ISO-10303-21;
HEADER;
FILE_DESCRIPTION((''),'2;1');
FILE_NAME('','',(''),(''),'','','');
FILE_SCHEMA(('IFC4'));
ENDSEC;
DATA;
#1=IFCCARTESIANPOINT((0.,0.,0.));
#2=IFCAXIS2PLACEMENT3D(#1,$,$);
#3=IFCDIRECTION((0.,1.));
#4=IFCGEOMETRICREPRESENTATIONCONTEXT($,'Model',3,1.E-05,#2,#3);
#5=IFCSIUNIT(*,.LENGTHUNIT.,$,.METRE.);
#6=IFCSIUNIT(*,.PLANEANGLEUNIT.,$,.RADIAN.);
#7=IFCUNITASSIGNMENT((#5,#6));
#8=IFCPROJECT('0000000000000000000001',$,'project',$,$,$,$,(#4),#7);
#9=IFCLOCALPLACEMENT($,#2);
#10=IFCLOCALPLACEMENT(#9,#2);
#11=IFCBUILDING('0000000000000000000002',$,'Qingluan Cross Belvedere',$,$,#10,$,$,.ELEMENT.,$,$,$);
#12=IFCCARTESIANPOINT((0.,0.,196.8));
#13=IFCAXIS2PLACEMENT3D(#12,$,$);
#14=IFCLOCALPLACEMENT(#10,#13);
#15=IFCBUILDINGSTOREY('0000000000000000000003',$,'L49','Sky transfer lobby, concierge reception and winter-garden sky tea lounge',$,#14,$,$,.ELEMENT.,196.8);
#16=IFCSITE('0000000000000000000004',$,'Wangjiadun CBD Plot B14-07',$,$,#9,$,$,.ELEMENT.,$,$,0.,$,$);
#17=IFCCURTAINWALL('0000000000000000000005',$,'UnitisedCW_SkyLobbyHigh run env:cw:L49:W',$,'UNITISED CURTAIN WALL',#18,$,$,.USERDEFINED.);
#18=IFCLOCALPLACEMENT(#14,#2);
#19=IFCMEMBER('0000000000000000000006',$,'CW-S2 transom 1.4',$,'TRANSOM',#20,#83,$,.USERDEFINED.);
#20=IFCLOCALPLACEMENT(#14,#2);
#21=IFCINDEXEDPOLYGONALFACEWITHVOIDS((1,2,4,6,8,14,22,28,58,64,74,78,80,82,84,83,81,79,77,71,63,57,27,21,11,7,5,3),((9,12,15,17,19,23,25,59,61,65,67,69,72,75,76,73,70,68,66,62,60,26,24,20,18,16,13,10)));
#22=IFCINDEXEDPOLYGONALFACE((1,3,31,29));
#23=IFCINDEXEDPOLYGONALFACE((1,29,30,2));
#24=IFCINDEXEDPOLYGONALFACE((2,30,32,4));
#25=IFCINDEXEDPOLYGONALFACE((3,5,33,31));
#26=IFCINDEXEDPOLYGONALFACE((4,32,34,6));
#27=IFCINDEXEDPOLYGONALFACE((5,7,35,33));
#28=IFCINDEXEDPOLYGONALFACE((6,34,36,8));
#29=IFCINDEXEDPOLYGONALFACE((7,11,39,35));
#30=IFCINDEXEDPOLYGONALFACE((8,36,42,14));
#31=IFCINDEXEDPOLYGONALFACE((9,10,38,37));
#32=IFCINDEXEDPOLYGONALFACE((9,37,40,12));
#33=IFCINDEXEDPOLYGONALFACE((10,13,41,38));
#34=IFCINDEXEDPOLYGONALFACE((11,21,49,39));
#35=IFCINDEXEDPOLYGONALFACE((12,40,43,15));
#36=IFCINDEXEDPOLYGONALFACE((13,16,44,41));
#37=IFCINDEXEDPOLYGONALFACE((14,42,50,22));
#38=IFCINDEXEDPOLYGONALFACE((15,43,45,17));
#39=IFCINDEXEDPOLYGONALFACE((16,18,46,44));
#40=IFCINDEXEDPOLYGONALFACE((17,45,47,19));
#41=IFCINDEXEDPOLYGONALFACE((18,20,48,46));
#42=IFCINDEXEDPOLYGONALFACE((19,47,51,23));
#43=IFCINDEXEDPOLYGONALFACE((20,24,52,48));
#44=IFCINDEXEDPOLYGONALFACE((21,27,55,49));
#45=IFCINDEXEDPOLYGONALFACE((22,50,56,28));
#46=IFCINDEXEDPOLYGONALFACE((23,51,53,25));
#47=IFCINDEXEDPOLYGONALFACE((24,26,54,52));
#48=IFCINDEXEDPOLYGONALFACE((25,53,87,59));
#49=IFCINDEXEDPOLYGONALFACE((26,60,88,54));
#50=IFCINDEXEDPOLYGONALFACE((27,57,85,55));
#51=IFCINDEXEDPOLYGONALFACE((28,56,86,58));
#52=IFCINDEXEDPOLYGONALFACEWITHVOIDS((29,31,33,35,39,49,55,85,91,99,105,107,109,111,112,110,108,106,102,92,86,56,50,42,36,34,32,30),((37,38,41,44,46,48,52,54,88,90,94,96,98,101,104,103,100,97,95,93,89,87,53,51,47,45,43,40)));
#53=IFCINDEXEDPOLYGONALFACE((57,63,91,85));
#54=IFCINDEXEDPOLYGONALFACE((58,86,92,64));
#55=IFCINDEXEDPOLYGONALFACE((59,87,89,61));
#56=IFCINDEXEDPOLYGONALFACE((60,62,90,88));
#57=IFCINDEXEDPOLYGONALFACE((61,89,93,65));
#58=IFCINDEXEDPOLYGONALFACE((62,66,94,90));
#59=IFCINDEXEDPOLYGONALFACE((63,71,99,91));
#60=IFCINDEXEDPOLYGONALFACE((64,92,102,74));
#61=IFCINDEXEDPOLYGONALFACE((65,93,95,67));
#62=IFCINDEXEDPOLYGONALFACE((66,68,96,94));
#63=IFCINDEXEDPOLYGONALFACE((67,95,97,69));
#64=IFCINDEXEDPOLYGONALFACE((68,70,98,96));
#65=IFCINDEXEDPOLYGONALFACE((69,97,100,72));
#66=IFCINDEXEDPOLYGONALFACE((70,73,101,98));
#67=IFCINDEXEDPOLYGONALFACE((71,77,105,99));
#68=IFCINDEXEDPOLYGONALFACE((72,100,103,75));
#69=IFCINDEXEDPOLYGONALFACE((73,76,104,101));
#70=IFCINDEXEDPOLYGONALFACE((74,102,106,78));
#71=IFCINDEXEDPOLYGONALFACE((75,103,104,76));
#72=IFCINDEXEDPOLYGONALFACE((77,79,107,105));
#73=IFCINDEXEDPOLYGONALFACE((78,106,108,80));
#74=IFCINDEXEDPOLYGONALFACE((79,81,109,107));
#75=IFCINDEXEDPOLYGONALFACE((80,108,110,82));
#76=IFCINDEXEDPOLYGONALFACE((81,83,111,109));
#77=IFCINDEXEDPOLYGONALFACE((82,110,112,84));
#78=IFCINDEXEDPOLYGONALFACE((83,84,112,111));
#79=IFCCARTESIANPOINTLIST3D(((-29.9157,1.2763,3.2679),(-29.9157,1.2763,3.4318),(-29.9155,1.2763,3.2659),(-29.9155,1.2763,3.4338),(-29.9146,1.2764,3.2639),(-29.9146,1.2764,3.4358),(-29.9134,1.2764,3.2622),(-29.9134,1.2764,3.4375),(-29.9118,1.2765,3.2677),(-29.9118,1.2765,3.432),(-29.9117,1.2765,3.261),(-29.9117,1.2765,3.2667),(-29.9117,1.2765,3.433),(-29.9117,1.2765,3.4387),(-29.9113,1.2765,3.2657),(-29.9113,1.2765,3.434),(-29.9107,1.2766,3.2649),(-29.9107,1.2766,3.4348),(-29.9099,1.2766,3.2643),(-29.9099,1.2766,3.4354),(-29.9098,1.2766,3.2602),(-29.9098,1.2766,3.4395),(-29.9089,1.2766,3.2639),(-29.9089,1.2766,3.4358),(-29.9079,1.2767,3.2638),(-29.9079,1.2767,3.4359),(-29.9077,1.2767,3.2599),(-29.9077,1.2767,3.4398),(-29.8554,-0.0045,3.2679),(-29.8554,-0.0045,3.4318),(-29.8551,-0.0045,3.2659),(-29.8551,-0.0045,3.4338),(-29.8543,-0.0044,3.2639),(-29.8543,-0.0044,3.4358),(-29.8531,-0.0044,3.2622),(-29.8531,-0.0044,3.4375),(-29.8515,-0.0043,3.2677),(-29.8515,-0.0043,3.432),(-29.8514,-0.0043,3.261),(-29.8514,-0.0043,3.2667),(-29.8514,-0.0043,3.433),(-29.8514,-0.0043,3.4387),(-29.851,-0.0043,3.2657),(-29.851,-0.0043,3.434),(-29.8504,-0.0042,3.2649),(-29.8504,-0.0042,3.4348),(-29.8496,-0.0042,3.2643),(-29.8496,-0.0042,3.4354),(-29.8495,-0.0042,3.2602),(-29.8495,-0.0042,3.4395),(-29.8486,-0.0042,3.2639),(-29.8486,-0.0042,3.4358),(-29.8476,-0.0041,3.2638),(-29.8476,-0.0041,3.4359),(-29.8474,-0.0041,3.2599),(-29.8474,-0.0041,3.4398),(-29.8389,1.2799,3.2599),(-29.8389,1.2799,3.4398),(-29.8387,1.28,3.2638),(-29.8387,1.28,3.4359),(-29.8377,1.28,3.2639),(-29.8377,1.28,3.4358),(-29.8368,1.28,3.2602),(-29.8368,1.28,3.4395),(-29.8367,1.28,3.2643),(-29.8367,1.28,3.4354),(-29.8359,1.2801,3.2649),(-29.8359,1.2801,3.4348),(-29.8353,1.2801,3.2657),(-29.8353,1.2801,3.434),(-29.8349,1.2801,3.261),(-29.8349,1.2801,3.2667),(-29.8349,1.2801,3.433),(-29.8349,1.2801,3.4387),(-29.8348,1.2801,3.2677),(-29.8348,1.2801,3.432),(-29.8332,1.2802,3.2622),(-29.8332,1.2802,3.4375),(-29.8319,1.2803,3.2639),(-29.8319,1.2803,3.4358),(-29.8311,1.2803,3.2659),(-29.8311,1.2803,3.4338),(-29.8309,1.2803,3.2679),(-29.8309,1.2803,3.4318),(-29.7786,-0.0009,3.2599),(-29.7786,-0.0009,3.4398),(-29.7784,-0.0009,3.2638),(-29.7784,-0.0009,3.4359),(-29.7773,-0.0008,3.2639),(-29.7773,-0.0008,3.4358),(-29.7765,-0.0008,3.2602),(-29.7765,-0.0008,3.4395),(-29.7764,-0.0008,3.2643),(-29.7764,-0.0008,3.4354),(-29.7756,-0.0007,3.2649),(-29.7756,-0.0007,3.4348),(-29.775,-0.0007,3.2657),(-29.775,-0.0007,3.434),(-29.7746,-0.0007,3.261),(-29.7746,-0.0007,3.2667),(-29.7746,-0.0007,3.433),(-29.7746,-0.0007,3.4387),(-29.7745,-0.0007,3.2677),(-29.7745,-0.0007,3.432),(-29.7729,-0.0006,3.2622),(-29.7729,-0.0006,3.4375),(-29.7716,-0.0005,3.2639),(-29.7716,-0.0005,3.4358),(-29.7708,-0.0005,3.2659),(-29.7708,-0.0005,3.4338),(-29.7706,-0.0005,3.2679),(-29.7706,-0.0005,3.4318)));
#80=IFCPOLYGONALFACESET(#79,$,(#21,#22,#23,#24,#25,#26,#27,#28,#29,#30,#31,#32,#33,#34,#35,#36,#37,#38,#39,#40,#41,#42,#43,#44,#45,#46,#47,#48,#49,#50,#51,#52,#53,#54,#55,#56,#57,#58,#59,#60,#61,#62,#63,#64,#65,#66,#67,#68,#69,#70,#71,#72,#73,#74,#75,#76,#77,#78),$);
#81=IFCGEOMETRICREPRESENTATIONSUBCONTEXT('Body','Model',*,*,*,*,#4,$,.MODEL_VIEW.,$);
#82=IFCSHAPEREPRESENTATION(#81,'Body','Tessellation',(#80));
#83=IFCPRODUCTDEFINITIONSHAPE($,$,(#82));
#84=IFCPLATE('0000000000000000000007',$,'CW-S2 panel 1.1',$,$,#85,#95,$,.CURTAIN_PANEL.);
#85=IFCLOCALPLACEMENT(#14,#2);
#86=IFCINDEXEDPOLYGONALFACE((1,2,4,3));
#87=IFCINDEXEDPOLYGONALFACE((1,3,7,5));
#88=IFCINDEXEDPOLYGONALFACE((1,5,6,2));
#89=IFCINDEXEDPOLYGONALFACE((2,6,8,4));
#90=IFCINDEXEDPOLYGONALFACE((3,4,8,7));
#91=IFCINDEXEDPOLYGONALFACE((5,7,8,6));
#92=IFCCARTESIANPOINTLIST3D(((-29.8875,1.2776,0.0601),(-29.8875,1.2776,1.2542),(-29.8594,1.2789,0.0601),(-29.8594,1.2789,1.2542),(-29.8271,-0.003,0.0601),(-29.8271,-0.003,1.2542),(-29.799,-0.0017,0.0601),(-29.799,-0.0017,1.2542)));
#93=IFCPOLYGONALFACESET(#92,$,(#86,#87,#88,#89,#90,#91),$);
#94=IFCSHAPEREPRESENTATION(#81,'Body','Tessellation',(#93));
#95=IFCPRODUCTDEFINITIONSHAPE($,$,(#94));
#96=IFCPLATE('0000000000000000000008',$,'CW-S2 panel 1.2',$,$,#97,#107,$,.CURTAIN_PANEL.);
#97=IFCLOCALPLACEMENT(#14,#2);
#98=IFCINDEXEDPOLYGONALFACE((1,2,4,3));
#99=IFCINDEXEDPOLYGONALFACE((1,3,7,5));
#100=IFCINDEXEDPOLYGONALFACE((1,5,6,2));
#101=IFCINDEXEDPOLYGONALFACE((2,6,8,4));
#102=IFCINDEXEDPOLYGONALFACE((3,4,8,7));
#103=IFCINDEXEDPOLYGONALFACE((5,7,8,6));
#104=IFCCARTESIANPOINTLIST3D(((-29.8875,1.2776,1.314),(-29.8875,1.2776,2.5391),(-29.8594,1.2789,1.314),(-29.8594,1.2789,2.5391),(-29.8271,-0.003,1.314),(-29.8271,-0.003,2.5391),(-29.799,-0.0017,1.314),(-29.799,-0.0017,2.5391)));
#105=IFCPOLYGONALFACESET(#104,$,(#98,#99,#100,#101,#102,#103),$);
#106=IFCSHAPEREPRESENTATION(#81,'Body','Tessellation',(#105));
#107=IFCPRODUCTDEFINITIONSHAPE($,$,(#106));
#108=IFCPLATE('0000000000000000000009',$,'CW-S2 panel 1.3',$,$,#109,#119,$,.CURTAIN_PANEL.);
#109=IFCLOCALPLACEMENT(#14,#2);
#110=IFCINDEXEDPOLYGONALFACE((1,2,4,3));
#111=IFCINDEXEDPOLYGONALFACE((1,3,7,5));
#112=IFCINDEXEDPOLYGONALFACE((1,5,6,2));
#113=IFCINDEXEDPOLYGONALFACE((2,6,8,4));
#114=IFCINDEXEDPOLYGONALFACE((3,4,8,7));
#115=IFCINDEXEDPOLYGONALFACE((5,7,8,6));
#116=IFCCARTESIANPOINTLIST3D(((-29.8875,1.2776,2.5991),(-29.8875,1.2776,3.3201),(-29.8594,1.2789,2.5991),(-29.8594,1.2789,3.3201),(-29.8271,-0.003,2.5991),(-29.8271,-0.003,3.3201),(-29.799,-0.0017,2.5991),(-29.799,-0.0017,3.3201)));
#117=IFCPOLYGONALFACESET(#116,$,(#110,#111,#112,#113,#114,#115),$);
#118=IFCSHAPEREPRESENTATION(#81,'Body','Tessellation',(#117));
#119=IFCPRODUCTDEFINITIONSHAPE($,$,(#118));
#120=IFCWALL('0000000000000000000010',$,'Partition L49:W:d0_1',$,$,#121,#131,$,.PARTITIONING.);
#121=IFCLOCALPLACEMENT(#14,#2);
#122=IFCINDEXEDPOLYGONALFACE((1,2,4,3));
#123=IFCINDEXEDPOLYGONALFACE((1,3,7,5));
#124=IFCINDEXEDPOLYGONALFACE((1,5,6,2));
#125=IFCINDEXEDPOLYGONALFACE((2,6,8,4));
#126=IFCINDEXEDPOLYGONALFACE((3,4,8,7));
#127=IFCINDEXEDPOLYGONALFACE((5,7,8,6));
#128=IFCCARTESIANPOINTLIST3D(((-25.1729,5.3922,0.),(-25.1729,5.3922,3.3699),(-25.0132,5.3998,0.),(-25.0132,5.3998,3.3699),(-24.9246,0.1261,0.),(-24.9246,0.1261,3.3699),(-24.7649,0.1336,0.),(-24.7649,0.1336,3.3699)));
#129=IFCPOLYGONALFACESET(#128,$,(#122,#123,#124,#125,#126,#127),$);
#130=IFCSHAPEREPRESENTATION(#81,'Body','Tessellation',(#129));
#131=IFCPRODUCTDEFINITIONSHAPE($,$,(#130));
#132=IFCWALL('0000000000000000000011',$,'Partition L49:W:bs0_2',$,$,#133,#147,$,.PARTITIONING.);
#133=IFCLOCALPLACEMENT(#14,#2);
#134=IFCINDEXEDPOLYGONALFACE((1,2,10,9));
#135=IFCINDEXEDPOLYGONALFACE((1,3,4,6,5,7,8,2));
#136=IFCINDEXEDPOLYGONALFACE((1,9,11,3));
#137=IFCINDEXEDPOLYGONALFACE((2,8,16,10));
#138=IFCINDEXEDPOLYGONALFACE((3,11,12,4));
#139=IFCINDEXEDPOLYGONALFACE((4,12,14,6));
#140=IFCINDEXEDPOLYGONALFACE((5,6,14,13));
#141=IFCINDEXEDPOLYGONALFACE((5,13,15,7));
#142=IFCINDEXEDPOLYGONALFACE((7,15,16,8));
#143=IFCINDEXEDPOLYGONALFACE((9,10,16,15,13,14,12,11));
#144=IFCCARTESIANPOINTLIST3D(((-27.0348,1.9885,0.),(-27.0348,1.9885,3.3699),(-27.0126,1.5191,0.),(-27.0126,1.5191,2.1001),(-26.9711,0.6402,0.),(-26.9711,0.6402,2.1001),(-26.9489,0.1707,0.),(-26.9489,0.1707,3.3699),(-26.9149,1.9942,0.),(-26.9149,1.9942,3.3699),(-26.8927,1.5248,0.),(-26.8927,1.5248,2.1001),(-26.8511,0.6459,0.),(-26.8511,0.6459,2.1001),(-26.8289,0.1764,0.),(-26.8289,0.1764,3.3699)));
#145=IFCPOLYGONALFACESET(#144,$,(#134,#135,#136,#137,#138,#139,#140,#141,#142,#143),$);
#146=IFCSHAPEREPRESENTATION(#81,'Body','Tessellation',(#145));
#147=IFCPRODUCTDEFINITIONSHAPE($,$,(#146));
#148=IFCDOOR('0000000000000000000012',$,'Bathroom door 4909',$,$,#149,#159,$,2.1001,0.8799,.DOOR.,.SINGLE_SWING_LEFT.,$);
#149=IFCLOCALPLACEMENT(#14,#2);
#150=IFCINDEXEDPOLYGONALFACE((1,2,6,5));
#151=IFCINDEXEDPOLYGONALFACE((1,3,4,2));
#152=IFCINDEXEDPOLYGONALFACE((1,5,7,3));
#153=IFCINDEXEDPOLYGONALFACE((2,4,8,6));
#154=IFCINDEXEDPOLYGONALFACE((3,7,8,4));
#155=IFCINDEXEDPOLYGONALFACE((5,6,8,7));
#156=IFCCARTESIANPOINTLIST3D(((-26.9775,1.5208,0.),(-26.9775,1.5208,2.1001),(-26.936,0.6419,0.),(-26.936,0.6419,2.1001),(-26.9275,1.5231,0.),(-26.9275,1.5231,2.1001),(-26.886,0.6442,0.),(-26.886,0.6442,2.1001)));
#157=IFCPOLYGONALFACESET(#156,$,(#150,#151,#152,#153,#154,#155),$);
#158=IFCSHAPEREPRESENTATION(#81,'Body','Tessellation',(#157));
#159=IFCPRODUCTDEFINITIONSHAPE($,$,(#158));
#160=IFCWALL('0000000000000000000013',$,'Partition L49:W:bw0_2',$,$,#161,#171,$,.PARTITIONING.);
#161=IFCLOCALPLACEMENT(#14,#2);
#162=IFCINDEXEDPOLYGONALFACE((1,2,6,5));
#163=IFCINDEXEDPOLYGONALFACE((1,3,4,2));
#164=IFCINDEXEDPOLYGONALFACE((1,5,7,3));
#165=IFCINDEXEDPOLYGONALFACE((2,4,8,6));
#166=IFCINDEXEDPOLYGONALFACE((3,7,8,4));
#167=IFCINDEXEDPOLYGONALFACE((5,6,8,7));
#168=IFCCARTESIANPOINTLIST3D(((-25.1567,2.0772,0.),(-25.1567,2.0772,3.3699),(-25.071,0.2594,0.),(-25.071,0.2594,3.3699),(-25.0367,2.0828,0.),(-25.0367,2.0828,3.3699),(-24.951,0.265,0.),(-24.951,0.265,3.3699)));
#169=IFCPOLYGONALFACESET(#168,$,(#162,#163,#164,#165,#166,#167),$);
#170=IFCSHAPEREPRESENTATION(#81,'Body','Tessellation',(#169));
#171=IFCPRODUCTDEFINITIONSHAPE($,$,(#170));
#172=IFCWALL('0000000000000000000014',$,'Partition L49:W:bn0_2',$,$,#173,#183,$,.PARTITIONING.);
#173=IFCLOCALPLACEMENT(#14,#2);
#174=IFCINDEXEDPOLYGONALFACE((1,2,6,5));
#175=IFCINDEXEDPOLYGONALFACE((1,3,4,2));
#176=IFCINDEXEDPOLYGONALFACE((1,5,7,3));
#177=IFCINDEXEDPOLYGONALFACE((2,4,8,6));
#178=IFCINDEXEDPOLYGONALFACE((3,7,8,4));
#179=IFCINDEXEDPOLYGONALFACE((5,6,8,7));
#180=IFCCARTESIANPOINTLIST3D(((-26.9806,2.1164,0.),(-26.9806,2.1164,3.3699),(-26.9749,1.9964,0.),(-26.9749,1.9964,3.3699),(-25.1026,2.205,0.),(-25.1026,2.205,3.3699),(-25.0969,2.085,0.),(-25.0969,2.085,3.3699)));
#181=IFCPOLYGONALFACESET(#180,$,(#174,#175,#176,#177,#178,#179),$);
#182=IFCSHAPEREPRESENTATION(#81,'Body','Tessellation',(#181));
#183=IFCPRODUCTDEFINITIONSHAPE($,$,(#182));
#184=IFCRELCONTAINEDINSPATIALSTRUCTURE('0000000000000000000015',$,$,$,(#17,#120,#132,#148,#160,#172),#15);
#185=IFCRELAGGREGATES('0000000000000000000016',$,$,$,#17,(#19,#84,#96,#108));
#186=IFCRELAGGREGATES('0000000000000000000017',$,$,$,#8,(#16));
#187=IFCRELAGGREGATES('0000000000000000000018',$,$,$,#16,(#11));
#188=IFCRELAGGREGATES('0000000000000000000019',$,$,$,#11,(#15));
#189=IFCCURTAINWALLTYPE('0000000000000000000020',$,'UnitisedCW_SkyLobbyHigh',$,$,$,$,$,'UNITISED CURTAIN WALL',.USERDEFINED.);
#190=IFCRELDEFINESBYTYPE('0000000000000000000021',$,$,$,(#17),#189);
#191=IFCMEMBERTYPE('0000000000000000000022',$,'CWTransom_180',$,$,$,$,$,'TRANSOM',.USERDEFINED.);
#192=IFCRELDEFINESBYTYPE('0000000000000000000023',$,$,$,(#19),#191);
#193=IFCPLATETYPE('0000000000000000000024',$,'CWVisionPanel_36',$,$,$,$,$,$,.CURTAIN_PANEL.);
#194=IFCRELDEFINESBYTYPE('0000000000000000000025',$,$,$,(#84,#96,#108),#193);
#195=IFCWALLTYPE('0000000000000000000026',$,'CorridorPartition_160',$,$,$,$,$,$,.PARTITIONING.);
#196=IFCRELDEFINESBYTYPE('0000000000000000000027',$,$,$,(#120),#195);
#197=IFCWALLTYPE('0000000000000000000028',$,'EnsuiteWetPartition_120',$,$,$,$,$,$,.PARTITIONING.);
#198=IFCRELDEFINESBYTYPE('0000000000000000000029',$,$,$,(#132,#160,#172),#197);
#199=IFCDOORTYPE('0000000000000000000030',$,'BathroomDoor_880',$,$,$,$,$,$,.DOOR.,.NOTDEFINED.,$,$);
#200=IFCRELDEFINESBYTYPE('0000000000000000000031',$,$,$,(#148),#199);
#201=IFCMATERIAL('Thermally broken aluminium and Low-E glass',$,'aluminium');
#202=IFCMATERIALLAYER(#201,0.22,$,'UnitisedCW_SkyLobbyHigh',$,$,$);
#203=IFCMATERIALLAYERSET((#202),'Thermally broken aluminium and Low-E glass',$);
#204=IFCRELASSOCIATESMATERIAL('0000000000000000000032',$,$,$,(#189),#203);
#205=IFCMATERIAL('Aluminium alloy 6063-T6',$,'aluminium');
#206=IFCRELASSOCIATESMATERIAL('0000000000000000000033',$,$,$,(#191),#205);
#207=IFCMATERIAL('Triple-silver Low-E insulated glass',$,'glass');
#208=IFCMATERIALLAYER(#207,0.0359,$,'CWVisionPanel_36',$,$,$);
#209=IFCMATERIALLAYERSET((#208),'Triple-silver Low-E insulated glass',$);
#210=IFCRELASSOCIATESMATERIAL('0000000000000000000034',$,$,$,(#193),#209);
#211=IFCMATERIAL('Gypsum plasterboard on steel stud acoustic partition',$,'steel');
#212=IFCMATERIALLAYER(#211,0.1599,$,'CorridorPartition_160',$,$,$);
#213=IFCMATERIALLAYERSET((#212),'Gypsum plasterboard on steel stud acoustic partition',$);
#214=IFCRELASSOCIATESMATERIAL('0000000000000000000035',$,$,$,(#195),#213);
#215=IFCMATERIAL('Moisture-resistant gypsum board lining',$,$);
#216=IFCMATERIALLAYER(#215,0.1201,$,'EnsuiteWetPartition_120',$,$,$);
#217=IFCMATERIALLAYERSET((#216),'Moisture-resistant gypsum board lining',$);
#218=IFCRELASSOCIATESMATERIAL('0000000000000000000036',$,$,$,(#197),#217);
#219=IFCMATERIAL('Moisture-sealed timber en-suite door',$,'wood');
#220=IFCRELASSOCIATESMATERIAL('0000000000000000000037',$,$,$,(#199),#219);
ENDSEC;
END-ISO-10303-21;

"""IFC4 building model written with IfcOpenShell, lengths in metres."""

from ifc_helpers import new_model, si_unit, direction, frame, frame_2d, origin, origin_2d, place, context, subcontext, project, spatial, rectangle, hollow_rectangle, extrude, material, layer, layer_set, material_profile, profile_set, type_object, element, fill, aggregate, save


model = new_model("IFC4")

# Units and contexts
model_context = context("Model", 3, precision=1e-05, world=origin(), true_north=direction((0.0, 1.0)))
body_context = subcontext(model_context, "Body", "Model", "MODEL_VIEW")
ifc_project = project(units=[si_unit("LENGTHUNIT", "METRE"), si_unit("PLANEANGLEUNIT", "RADIAN")], contexts=[model_context])

# Site, building, storey
site_placement = place(None, origin())
site = spatial("IfcSite", under=ifc_project, at=site_placement, Name="Wangjiadun CBD Plot B14-07", CompositionType="ELEMENT", RefElevation=0.0)
building_placement = place(site_placement, origin())
building = spatial("IfcBuilding", under=site, at=building_placement, Name="Qingluan Cross Belvedere", CompositionType="ELEMENT")
storey_placement = place(building_placement, frame((0.0, 0.0, 196.8)))
storey = spatial("IfcBuildingStorey", under=building, at=storey_placement, Name="L49", Description="Sky transfer lobby, concierge reception and winter-garden sky tea lounge", CompositionType="ELEMENT", Elevation=196.8)

# Curtain wall, member, plates
ifc_material_1 = material(Name="Thermally broken aluminium and Low-E glass", Category="aluminium")
ifc_layer_1 = layer(ifc_material_1, 0.22, Name="UnitisedCW_SkyLobbyHigh")
ifc_layer_set_1 = layer_set([ifc_layer_1], Name="Thermally broken aluminium and Low-E glass")
curtain_wall_type = type_object("IfcCurtainWallType", Name="UnitisedCW_SkyLobbyHigh", ElementType="UNITISED CURTAIN WALL", PredefinedType="USERDEFINED", material=ifc_layer_set_1)
curtain_wall_placement = place(storey_placement, origin())
curtain_wall = element("IfcCurtainWall", 1, at=curtain_wall_placement, inside=storey, type_object=curtain_wall_type, Name="UnitisedCW_SkyLobbyHigh run env:cw:L49:W", ObjectType="UNITISED CURTAIN WALL", PredefinedType="USERDEFINED")
ifc_material_2 = material(Name="Aluminium alloy 6063-T6", Category="aluminium")
ifc_material_profile_1 = material_profile(ifc_material_2, hollow_rectangle(XDim=0.085, YDim=0.1799, WallThickness=0.0039, InnerFilletRadius=0.0039, OuterFilletRadius=0.0081, at=origin_2d()), Name="CWT180x85x4")
ifc_profile_set_1 = profile_set([ifc_material_profile_1], Name="Aluminium alloy 6063-T6")
member_type_1 = type_object("IfcMemberType", Name="CWTransom_180", ElementType="TRANSOM", PredefinedType="USERDEFINED", material=ifc_profile_set_1)
member_1_placement = place(storey_placement, frame((-29.8733, 1.2783, 3.3499), z_axis=(0.047031, -0.998893, 0.0), x_axis=(0.998893, 0.047031, 0.0)))
member_1 = element("IfcMember", 2, at=member_1_placement, type_object=member_type_1, Name="CW-S2 transom 1.4", ObjectType="TRANSOM", PredefinedType="USERDEFINED", context=body_context, shape_type="SweptSolid", body=[
    extrude(hollow_rectangle(XDim=0.085, YDim=0.1799, WallThickness=0.0039, InnerFilletRadius=0.0039, OuterFilletRadius=0.0081, at=origin_2d()), origin(), (0.0, 0.0, 1.0), 1.2822),
])
ifc_material_3 = material(Name="Triple-silver Low-E insulated glass", Category="glass")
ifc_layer_2 = layer(ifc_material_3, 0.0359, Name="CWVisionPanel_36")
ifc_layer_set_2 = layer_set([ifc_layer_2], Name="Triple-silver Low-E insulated glass")
plate_type = type_object("IfcPlateType", Name="CWVisionPanel_36", PredefinedType="CURTAIN_PANEL", material=ifc_layer_set_2)
plate_1_placement = place(storey_placement, frame((-29.8433, 0.6379, 0.0601), z_axis=(0.0, 0.0, 1.0), x_axis=(0.047102, -0.99889, 0.0)))
plate_1 = element("IfcPlate", 3, at=plate_1_placement, type_object=plate_type, Name="CW-S2 panel 1.1", PredefinedType="CURTAIN_PANEL", context=body_context, shape_type="SweptSolid", body=[
    extrude(rectangle(XDim=1.282, YDim=0.0281, at=origin_2d()), origin(), (0.0, 0.0, 1.0), 1.1941),
])
plate_2_placement = place(storey_placement, frame((-29.8433, 0.6379, 1.314), z_axis=(0.0, 0.0, 1.0), x_axis=(0.047102, -0.99889, 0.0)))
plate_2 = element("IfcPlate", 4, at=plate_2_placement, type_object=plate_type, Name="CW-S2 panel 1.2", PredefinedType="CURTAIN_PANEL", context=body_context, shape_type="SweptSolid", body=[
    extrude(rectangle(XDim=1.282, YDim=0.0281, at=origin_2d()), origin(), (0.0, 0.0, 1.0), 1.2251),
])
plate_3_placement = place(storey_placement, frame((-29.8433, 0.6379, 2.5991), z_axis=(0.0, 0.0, 1.0), x_axis=(0.047102, -0.99889, 0.0)))
plate_3 = element("IfcPlate", 5, at=plate_3_placement, type_object=plate_type, Name="CW-S2 panel 1.3", PredefinedType="CURTAIN_PANEL", context=body_context, shape_type="SweptSolid", body=[
    extrude(rectangle(XDim=1.282, YDim=0.0281, at=origin_2d()), origin(), (0.0, 0.0, 1.0), 0.7209),
])
aggregate(curtain_wall, [member_1, plate_1, plate_2, plate_3])

# Wall
ifc_material_4 = material(Name="Gypsum plasterboard on steel stud acoustic partition", Category="steel")
ifc_layer_3 = layer(ifc_material_4, 0.1599, Name="CorridorPartition_160")
ifc_layer_set_3 = layer_set([ifc_layer_3], Name="Gypsum plasterboard on steel stud acoustic partition")
wall_type_1 = type_object("IfcWallType", Name="CorridorPartition_160", PredefinedType="PARTITIONING", material=ifc_layer_set_3)
wall_1_placement = place(storey_placement, frame((-24.8447, 0.1299, 0.0), z_axis=(0.0, 0.0, 1.0), x_axis=(-0.047096, 0.99889, 0.0)))
element("IfcWall", 6, at=wall_1_placement, inside=storey, type_object=wall_type_1, Name="Partition L49:W:d0_1", PredefinedType="PARTITIONING", context=body_context, shape_type="SweptSolid", body=[
    extrude(rectangle(XDim=5.272, YDim=0.1599, at=frame_2d((2.636, 0.0))), origin(), (0.0, 0.0, 1.0), 3.3699),
])

# Wall, opening, door
ifc_material_5 = material(Name="Moisture-resistant gypsum board lining")
ifc_layer_4 = layer(ifc_material_5, 0.1201, Name="EnsuiteWetPartition_120")
ifc_layer_set_4 = layer_set([ifc_layer_4], Name="Moisture-resistant gypsum board lining")
wall_type_2 = type_object("IfcWallType", Name="EnsuiteWetPartition_120", PredefinedType="PARTITIONING", material=ifc_layer_set_4)
wall_2_placement = place(storey_placement, frame((-26.8889, 0.1736, 0.0), z_axis=(0.0, 0.0, 1.0), x_axis=(-0.047221, 0.998884, 0.0)))
wall_2 = element("IfcWall", 7, at=wall_2_placement, inside=storey, type_object=wall_type_2, Name="Partition L49:W:bs0_2", PredefinedType="PARTITIONING", context=body_context, shape_type="SweptSolid", body=[
    extrude(rectangle(XDim=1.8198, YDim=0.1201, at=frame_2d((0.9099, 0.0))), origin(), (0.0, 0.0, 1.0), 3.3699),
])
opening_1_placement = place(wall_2_placement, frame((0.47, 0.0, 0.0)))
opening_1 = element("IfcOpeningElement", 8, at=opening_1_placement, cuts=wall_2, PredefinedType="OPENING", context=body_context, shape_type="SweptSolid", body=[
    extrude(rectangle(XDim=0.8799, YDim=2.1001, at=frame_2d((0.4399, 1.05))), frame((0.0, 0.0701, 0.0), z_axis=(0.0, -1.0, 0.0), x_axis=(1.0, 0.0, 0.0)), (0.0, 0.0, 1.0), 0.1401),
])
ifc_material_6 = material(Name="Moisture-sealed timber en-suite door", Category="wood")
door_type_1 = type_object("IfcDoorType", Name="BathroomDoor_880", OperationType="NOTDEFINED", PredefinedType="DOOR", material=ifc_material_6)
door_1_placement = place(opening_1_placement, origin())
door_1 = element("IfcDoor", 9, at=door_1_placement, inside=storey, type_object=door_type_1, Name="Bathroom door 4909", OperationType="SINGLE_SWING_LEFT", OverallHeight=2.1001, OverallWidth=0.8799, PredefinedType="DOOR", context=body_context, shape_type="SweptSolid", body=[
    extrude(rectangle(XDim=0.8799, YDim=2.1001, at=frame_2d((0.4399, 1.05))), frame((0.0, 0.0249, 0.0), z_axis=(0.0, -1.0, 0.0), x_axis=(1.0, 0.0, 0.0)), (0.0, 0.0, 1.0), 0.05),
])
fill(opening_1, door_1)

# Walls
wall_3_placement = place(storey_placement, frame((-25.011, 0.2622, 0.0), z_axis=(0.0, 0.0, 1.0), x_axis=(-0.047087, 0.998891, 0.0)))
element("IfcWall", 10, at=wall_3_placement, inside=storey, type_object=wall_type_2, Name="Partition L49:W:bw0_2", PredefinedType="PARTITIONING", context=body_context, shape_type="SweptSolid", body=[
    extrude(rectangle(XDim=1.8198, YDim=0.1201, at=frame_2d((0.9099, 0.0))), origin(), (0.0, 0.0, 1.0), 3.3699),
])
wall_4_placement = place(storey_placement, frame((-25.0999, 2.145, 0.0), z_axis=(0.0, 0.0, 1.0), x_axis=(-0.998888, -0.047139, 0.0)))
element("IfcWall", 11, at=wall_4_placement, inside=storey, type_object=wall_type_2, Name="Partition L49:W:bn0_2", PredefinedType="PARTITIONING", context=body_context, shape_type="SweptSolid", body=[
    extrude(rectangle(XDim=1.8801, YDim=0.1201, at=frame_2d((0.9399, 0.0))), origin(), (0.0, 0.0, 1.0), 3.3699),
])

save(model, "model.ifc")
